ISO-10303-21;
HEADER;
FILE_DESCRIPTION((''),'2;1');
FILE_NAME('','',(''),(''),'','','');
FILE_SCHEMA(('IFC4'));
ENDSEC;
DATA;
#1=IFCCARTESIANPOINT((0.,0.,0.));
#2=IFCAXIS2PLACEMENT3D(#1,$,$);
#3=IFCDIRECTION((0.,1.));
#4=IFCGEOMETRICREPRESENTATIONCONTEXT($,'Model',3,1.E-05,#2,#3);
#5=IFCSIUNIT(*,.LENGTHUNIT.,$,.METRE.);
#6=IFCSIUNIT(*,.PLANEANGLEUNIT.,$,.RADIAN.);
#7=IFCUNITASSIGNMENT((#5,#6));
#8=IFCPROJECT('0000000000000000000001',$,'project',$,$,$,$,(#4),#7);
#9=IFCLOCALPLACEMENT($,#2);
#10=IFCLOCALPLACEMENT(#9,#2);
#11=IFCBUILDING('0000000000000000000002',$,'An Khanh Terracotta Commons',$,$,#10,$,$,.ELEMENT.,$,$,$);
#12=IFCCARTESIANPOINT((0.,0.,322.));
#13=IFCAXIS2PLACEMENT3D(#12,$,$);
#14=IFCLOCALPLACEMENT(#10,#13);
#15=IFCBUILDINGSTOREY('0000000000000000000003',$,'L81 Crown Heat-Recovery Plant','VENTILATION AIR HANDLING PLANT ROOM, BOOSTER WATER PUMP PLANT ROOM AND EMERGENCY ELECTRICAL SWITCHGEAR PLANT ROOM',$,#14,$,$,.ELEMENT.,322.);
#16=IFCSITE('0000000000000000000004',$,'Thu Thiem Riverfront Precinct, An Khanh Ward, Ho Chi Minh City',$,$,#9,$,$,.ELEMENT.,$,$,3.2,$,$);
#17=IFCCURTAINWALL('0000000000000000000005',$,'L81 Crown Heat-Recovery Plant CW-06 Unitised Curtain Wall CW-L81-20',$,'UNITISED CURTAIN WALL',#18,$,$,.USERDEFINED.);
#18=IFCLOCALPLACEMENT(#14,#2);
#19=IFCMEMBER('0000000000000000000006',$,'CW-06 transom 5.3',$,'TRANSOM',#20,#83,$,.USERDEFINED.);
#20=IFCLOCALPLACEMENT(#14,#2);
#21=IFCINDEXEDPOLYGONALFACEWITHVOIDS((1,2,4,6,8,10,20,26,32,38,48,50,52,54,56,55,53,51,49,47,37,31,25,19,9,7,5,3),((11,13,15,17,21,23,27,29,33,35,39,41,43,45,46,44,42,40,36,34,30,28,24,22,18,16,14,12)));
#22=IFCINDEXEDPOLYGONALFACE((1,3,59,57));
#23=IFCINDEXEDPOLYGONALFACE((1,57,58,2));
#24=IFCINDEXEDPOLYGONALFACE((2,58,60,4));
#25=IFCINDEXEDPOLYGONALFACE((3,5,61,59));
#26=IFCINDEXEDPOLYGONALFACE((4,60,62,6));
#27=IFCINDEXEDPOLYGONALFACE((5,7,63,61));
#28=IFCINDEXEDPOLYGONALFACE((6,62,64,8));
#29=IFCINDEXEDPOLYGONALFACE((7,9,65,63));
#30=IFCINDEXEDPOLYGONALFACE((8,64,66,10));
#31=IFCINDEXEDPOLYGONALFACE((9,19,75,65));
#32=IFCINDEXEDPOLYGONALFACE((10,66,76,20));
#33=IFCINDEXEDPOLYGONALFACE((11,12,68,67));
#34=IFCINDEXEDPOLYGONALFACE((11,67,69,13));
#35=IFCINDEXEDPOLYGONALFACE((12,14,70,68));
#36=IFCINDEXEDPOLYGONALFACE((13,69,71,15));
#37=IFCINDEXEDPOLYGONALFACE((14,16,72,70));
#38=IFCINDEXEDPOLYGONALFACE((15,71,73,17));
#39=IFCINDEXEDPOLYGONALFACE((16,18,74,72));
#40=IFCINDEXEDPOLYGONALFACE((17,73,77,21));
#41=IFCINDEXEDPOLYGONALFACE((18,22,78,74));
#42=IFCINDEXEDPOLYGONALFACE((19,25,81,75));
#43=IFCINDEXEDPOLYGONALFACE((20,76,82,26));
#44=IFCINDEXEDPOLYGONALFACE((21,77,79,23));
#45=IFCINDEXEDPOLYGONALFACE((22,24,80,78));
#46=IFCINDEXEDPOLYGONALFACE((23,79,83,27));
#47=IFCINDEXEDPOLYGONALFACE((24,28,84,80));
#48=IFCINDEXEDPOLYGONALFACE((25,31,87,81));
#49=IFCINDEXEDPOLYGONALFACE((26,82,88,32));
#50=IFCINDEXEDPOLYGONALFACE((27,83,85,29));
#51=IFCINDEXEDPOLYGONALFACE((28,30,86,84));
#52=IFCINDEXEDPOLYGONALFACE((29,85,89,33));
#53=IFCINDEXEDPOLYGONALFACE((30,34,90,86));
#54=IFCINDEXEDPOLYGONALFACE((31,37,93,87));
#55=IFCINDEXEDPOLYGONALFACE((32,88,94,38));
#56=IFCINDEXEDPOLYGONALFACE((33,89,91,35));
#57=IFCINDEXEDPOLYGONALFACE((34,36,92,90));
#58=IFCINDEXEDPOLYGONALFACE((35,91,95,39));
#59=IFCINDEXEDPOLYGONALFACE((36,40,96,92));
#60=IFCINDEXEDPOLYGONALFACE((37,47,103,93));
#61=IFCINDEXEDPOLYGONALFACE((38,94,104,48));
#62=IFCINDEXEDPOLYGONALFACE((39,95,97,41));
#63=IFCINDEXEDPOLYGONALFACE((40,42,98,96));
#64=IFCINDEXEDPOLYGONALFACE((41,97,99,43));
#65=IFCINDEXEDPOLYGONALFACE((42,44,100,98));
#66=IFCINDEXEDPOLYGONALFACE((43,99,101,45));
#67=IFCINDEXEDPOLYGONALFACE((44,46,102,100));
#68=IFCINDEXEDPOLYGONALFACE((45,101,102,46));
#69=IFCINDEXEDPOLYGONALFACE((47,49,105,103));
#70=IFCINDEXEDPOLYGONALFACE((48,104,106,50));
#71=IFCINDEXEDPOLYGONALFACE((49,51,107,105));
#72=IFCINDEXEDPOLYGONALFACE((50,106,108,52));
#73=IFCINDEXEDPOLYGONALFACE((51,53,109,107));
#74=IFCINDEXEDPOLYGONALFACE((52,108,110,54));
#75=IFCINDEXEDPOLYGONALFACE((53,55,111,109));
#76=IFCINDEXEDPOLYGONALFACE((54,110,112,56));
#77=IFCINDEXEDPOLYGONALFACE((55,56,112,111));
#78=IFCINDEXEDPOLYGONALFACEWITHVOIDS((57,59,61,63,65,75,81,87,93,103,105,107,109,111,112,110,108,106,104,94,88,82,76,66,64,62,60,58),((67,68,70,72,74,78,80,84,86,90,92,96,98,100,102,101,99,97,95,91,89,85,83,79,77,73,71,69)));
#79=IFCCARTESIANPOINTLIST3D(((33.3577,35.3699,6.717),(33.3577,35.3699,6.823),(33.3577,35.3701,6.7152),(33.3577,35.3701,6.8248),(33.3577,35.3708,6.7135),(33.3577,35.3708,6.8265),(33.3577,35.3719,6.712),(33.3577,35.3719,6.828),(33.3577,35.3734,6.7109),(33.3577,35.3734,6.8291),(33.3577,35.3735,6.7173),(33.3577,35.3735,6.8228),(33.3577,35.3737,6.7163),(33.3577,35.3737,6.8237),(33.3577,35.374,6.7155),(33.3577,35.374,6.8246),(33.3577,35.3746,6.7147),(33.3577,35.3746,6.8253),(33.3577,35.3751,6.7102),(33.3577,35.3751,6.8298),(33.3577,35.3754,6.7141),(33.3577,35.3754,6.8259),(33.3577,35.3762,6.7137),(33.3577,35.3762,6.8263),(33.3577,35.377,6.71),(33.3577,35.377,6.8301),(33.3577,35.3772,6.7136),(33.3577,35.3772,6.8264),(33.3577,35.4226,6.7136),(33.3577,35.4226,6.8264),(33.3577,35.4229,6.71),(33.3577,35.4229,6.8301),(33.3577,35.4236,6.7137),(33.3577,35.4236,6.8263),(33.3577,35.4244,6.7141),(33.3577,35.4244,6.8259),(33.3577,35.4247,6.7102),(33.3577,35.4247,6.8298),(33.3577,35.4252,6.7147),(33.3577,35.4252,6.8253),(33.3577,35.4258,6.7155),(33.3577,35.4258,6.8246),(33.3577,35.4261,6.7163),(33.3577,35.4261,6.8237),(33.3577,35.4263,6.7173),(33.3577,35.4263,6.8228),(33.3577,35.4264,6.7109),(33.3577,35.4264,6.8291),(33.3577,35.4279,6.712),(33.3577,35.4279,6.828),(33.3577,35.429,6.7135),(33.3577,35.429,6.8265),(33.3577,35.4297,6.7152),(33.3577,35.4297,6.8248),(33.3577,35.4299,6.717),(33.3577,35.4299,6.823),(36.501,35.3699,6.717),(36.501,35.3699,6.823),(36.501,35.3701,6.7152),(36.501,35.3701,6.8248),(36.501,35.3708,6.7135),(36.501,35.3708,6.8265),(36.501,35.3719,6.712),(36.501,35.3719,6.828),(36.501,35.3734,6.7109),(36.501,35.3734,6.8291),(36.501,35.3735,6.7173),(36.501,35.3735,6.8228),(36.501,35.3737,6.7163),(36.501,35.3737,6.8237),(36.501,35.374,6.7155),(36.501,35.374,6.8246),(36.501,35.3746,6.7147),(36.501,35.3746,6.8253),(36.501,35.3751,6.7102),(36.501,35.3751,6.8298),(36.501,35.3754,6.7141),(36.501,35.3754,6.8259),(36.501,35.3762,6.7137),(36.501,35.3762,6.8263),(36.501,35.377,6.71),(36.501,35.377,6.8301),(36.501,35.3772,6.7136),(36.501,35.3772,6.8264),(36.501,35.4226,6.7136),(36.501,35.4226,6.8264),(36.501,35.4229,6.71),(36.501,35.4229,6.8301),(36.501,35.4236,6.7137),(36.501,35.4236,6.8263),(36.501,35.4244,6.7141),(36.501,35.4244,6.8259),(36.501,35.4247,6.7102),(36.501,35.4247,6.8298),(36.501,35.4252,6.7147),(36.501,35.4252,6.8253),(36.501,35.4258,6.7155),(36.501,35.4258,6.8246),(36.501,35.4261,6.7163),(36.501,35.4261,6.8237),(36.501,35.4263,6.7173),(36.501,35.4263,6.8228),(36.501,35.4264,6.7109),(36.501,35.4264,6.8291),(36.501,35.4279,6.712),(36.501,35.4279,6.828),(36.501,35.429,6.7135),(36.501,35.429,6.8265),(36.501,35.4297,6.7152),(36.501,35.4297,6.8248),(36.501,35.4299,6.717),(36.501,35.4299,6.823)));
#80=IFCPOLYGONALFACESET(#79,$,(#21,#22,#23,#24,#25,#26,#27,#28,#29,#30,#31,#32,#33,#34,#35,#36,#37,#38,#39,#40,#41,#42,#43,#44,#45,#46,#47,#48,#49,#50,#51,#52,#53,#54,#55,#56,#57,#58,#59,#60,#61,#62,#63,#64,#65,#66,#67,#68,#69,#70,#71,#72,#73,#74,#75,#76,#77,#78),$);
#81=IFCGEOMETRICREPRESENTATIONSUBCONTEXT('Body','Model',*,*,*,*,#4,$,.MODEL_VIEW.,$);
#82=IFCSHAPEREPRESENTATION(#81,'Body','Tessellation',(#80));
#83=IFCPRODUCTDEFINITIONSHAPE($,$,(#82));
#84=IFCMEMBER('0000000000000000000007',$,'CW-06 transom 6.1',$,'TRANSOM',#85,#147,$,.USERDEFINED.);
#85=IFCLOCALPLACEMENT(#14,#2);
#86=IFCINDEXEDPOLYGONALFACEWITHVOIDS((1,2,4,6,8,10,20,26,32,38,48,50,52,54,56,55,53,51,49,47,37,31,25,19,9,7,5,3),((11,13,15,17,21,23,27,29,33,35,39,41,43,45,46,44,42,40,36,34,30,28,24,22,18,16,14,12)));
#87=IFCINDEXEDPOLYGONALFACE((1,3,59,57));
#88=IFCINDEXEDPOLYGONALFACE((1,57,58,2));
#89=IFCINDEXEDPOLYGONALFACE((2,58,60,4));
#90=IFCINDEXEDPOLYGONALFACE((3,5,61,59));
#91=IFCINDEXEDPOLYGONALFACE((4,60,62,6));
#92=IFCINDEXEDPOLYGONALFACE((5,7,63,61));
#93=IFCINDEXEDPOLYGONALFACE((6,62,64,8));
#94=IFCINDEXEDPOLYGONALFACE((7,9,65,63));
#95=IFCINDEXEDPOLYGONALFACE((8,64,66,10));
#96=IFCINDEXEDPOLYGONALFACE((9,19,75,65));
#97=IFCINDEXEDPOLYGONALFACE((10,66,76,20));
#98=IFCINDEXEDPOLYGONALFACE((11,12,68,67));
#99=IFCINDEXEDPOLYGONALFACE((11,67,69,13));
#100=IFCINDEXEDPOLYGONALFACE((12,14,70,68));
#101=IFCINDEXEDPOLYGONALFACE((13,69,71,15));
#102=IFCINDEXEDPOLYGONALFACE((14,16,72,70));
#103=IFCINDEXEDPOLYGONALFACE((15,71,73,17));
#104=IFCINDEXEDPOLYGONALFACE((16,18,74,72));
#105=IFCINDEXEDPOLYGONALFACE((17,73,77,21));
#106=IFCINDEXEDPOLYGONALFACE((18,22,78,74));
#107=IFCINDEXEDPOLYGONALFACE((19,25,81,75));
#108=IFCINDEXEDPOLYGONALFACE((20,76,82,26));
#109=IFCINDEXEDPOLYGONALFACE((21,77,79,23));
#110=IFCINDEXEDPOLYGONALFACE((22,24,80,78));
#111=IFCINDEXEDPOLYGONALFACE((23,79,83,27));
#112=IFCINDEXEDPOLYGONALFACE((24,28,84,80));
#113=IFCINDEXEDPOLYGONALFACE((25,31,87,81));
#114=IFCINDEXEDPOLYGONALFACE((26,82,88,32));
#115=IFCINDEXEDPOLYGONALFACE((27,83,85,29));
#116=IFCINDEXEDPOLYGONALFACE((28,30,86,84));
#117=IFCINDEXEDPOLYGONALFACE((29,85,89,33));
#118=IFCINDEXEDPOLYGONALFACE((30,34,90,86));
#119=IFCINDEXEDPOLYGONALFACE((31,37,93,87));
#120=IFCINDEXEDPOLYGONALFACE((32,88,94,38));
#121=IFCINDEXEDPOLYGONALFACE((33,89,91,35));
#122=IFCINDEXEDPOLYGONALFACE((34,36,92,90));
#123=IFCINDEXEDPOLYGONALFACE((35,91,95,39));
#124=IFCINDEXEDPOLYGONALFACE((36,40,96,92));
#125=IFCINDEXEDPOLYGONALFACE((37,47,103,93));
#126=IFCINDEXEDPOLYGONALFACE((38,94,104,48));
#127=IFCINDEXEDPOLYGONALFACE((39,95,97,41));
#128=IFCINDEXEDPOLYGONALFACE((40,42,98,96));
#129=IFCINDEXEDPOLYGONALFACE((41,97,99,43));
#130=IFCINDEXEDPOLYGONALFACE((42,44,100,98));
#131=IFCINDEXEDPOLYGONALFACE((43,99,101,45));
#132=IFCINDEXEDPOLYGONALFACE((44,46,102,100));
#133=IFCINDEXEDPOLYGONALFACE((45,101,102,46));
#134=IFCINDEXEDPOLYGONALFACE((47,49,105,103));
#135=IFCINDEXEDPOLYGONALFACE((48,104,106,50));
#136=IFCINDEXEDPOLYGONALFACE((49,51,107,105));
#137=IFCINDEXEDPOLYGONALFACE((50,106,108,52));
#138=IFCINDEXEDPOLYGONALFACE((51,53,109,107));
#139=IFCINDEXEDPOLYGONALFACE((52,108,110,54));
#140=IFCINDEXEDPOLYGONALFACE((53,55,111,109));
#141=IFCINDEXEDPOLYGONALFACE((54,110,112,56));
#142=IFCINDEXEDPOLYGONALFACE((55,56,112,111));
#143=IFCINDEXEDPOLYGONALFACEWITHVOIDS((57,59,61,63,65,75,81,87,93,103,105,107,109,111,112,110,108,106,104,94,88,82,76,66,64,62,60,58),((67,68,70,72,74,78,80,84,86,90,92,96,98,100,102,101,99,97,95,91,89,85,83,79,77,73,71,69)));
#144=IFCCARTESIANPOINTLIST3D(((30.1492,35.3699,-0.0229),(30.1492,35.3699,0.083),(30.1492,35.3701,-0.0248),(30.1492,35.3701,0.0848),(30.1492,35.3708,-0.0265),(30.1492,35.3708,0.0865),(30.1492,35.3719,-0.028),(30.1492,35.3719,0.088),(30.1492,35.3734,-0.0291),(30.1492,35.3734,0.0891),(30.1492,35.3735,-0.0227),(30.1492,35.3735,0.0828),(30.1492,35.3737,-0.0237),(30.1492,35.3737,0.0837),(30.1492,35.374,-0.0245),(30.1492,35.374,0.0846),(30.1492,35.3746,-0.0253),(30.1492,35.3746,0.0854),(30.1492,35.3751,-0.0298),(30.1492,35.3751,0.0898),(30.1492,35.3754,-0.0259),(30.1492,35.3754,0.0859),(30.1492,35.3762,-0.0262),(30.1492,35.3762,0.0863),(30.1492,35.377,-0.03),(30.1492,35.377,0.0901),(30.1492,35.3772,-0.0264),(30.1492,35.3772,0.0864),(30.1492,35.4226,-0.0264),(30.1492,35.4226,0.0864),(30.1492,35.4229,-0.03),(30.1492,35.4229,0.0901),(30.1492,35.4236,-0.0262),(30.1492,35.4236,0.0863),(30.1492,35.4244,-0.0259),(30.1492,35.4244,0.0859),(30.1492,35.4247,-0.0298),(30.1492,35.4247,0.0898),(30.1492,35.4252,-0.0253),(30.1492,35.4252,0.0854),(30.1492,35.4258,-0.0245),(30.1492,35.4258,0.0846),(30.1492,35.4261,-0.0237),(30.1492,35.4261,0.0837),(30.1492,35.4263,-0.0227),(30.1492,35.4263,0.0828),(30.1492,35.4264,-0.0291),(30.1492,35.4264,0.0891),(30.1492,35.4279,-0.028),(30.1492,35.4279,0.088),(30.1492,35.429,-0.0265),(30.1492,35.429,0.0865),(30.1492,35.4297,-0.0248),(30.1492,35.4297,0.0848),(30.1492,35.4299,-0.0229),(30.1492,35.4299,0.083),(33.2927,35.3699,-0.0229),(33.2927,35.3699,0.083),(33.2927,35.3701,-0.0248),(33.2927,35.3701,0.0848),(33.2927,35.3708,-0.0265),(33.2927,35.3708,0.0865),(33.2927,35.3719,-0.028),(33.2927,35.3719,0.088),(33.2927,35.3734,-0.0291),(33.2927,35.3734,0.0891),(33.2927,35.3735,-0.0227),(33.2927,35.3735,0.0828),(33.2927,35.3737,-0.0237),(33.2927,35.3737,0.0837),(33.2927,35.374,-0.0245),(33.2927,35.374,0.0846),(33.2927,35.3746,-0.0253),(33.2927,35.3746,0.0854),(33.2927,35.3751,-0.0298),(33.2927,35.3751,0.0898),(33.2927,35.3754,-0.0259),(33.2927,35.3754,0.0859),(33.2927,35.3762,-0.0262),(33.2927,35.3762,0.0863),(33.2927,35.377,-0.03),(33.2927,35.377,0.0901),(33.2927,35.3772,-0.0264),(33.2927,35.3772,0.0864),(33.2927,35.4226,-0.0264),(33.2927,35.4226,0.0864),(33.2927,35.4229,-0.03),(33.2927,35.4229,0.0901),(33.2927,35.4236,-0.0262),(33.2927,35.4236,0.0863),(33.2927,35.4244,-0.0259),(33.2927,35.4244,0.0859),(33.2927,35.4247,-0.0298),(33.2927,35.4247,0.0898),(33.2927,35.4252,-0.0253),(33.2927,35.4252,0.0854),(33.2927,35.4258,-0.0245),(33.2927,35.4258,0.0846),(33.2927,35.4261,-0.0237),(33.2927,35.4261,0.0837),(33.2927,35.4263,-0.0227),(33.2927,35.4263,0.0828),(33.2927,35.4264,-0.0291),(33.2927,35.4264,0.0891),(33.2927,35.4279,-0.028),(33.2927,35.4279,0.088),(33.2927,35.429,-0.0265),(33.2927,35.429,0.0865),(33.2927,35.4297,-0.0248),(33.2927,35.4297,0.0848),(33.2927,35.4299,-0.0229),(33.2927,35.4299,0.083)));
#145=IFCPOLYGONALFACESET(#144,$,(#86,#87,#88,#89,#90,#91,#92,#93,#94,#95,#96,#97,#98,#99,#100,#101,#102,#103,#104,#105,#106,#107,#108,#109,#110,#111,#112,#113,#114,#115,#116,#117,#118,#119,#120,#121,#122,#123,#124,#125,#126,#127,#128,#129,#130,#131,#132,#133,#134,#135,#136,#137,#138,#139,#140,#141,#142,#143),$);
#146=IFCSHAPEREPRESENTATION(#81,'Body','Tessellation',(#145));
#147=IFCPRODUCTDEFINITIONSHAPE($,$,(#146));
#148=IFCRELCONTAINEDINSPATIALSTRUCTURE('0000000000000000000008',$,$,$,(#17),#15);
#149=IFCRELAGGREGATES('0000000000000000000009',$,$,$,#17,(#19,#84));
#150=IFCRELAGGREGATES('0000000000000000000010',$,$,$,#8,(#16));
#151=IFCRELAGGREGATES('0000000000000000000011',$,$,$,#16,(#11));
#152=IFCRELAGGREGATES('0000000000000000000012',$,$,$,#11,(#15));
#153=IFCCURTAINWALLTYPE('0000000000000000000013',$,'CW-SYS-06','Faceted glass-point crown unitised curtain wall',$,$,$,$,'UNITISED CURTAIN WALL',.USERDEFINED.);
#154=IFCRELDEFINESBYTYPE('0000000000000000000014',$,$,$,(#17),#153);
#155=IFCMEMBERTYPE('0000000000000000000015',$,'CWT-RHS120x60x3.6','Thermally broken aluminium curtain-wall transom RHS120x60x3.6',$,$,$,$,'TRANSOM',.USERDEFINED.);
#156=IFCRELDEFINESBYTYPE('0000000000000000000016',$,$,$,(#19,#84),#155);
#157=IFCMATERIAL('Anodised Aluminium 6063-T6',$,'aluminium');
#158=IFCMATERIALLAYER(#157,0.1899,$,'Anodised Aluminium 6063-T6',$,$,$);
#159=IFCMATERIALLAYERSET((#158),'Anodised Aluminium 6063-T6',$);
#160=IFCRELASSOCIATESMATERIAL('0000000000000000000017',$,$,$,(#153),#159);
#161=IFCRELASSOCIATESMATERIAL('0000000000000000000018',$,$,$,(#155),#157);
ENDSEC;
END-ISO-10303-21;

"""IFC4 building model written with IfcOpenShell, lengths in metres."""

from ifc_helpers import new_model, si_unit, direction, frame, origin, origin_2d, place, context, subcontext, project, spatial, hollow_rectangle, extrude, material, layer, layer_set, material_profile, profile_set, type_object, element, aggregate, save


model = new_model("IFC4")

# Units and contexts
model_context = context("Model", 3, precision=1e-05, world=origin(), true_north=direction((0.0, 1.0)))
body_context = subcontext(model_context, "Body", "Model", "MODEL_VIEW")
ifc_project = project(units=[si_unit("LENGTHUNIT", "METRE"), si_unit("PLANEANGLEUNIT", "RADIAN")], contexts=[model_context])

# Site, building, storey
site_placement = place(None, origin())
site = spatial("IfcSite", under=ifc_project, at=site_placement, Name="Thu Thiem Riverfront Precinct, An Khanh Ward, Ho Chi Minh City", CompositionType="ELEMENT", RefElevation=3.2)
building_placement = place(site_placement, origin())
building = spatial("IfcBuilding", under=site, at=building_placement, Name="An Khanh Terracotta Commons", CompositionType="ELEMENT")
storey_placement = place(building_placement, frame((0.0, 0.0, 322.0)))
storey = spatial("IfcBuildingStorey", under=building, at=storey_placement, Name="L81 Crown Heat-Recovery Plant", Description="VENTILATION AIR HANDLING PLANT ROOM, BOOSTER WATER PUMP PLANT ROOM AND EMERGENCY ELECTRICAL SWITCHGEAR PLANT ROOM", CompositionType="ELEMENT", Elevation=322.0)

# Curtain wall, members
ifc_material_1 = material(Name="Anodised Aluminium 6063-T6", Category="aluminium")
ifc_layer_1 = layer(ifc_material_1, 0.1899, Name="Anodised Aluminium 6063-T6")
ifc_layer_set_1 = layer_set([ifc_layer_1], Name="Anodised Aluminium 6063-T6")
curtain_wall_type = type_object("IfcCurtainWallType", Name="CW-SYS-06", Description="Faceted glass-point crown unitised curtain wall", ElementType="UNITISED CURTAIN WALL", PredefinedType="USERDEFINED", material=ifc_layer_set_1)
curtain_wall_placement = place(storey_placement, origin())
curtain_wall = element("IfcCurtainWall", 1, at=curtain_wall_placement, inside=storey, type_object=curtain_wall_type, Name="L81 Crown Heat-Recovery Plant CW-06 Unitised Curtain Wall CW-L81-20", ObjectType="UNITISED CURTAIN WALL", PredefinedType="USERDEFINED")
ifc_material_profile_1 = material_profile(ifc_material_1, hollow_rectangle(XDim=0.0601, YDim=0.1201, WallThickness=0.0037, InnerFilletRadius=0.0037, OuterFilletRadius=0.0071, at=origin_2d()), Name="RHS120x60x3.6")
ifc_profile_set_1 = profile_set([ifc_material_profile_1], Name="Anodised Aluminium 6063-T6")
member_type_1 = type_object("IfcMemberType", Name="CWT-RHS120x60x3.6", Description="Thermally broken aluminium curtain-wall transom RHS120x60x3.6", ElementType="TRANSOM", PredefinedType="USERDEFINED", material=ifc_profile_set_1)
member_1_placement = place(storey_placement, frame((36.501, 35.3999, 6.77), z_axis=(-1.0, 0.0, 0.0), x_axis=(0.0, -1.0, 0.0)))
member_1 = element("IfcMember", 2, at=member_1_placement, type_object=member_type_1, Name="CW-06 transom 5.3", ObjectType="TRANSOM", PredefinedType="USERDEFINED", context=body_context, shape_type="SweptSolid", body=[
    extrude(hollow_rectangle(XDim=0.0601, YDim=0.1201, WallThickness=0.0037, InnerFilletRadius=0.0037, OuterFilletRadius=0.0071, at=origin_2d()), origin(), (0.0, 0.0, 1.0), 3.1433),
])
member_2_placement = place(storey_placement, frame((33.2927, 35.3999, 0.03), z_axis=(-1.0, 0.0, 0.0), x_axis=(0.0, -1.0, 0.0)))
member_2 = element("IfcMember", 3, at=member_2_placement, type_object=member_type_1, Name="CW-06 transom 6.1", ObjectType="TRANSOM", PredefinedType="USERDEFINED", context=body_context, shape_type="SweptSolid", body=[
    extrude(hollow_rectangle(XDim=0.0601, YDim=0.1201, WallThickness=0.0037, InnerFilletRadius=0.0037, OuterFilletRadius=0.0071, at=origin_2d()), origin(), (0.0, 0.0, 1.0), 3.1436),
])
aggregate(curtain_wall, [member_1, member_2])

save(model, "model.ifc")
